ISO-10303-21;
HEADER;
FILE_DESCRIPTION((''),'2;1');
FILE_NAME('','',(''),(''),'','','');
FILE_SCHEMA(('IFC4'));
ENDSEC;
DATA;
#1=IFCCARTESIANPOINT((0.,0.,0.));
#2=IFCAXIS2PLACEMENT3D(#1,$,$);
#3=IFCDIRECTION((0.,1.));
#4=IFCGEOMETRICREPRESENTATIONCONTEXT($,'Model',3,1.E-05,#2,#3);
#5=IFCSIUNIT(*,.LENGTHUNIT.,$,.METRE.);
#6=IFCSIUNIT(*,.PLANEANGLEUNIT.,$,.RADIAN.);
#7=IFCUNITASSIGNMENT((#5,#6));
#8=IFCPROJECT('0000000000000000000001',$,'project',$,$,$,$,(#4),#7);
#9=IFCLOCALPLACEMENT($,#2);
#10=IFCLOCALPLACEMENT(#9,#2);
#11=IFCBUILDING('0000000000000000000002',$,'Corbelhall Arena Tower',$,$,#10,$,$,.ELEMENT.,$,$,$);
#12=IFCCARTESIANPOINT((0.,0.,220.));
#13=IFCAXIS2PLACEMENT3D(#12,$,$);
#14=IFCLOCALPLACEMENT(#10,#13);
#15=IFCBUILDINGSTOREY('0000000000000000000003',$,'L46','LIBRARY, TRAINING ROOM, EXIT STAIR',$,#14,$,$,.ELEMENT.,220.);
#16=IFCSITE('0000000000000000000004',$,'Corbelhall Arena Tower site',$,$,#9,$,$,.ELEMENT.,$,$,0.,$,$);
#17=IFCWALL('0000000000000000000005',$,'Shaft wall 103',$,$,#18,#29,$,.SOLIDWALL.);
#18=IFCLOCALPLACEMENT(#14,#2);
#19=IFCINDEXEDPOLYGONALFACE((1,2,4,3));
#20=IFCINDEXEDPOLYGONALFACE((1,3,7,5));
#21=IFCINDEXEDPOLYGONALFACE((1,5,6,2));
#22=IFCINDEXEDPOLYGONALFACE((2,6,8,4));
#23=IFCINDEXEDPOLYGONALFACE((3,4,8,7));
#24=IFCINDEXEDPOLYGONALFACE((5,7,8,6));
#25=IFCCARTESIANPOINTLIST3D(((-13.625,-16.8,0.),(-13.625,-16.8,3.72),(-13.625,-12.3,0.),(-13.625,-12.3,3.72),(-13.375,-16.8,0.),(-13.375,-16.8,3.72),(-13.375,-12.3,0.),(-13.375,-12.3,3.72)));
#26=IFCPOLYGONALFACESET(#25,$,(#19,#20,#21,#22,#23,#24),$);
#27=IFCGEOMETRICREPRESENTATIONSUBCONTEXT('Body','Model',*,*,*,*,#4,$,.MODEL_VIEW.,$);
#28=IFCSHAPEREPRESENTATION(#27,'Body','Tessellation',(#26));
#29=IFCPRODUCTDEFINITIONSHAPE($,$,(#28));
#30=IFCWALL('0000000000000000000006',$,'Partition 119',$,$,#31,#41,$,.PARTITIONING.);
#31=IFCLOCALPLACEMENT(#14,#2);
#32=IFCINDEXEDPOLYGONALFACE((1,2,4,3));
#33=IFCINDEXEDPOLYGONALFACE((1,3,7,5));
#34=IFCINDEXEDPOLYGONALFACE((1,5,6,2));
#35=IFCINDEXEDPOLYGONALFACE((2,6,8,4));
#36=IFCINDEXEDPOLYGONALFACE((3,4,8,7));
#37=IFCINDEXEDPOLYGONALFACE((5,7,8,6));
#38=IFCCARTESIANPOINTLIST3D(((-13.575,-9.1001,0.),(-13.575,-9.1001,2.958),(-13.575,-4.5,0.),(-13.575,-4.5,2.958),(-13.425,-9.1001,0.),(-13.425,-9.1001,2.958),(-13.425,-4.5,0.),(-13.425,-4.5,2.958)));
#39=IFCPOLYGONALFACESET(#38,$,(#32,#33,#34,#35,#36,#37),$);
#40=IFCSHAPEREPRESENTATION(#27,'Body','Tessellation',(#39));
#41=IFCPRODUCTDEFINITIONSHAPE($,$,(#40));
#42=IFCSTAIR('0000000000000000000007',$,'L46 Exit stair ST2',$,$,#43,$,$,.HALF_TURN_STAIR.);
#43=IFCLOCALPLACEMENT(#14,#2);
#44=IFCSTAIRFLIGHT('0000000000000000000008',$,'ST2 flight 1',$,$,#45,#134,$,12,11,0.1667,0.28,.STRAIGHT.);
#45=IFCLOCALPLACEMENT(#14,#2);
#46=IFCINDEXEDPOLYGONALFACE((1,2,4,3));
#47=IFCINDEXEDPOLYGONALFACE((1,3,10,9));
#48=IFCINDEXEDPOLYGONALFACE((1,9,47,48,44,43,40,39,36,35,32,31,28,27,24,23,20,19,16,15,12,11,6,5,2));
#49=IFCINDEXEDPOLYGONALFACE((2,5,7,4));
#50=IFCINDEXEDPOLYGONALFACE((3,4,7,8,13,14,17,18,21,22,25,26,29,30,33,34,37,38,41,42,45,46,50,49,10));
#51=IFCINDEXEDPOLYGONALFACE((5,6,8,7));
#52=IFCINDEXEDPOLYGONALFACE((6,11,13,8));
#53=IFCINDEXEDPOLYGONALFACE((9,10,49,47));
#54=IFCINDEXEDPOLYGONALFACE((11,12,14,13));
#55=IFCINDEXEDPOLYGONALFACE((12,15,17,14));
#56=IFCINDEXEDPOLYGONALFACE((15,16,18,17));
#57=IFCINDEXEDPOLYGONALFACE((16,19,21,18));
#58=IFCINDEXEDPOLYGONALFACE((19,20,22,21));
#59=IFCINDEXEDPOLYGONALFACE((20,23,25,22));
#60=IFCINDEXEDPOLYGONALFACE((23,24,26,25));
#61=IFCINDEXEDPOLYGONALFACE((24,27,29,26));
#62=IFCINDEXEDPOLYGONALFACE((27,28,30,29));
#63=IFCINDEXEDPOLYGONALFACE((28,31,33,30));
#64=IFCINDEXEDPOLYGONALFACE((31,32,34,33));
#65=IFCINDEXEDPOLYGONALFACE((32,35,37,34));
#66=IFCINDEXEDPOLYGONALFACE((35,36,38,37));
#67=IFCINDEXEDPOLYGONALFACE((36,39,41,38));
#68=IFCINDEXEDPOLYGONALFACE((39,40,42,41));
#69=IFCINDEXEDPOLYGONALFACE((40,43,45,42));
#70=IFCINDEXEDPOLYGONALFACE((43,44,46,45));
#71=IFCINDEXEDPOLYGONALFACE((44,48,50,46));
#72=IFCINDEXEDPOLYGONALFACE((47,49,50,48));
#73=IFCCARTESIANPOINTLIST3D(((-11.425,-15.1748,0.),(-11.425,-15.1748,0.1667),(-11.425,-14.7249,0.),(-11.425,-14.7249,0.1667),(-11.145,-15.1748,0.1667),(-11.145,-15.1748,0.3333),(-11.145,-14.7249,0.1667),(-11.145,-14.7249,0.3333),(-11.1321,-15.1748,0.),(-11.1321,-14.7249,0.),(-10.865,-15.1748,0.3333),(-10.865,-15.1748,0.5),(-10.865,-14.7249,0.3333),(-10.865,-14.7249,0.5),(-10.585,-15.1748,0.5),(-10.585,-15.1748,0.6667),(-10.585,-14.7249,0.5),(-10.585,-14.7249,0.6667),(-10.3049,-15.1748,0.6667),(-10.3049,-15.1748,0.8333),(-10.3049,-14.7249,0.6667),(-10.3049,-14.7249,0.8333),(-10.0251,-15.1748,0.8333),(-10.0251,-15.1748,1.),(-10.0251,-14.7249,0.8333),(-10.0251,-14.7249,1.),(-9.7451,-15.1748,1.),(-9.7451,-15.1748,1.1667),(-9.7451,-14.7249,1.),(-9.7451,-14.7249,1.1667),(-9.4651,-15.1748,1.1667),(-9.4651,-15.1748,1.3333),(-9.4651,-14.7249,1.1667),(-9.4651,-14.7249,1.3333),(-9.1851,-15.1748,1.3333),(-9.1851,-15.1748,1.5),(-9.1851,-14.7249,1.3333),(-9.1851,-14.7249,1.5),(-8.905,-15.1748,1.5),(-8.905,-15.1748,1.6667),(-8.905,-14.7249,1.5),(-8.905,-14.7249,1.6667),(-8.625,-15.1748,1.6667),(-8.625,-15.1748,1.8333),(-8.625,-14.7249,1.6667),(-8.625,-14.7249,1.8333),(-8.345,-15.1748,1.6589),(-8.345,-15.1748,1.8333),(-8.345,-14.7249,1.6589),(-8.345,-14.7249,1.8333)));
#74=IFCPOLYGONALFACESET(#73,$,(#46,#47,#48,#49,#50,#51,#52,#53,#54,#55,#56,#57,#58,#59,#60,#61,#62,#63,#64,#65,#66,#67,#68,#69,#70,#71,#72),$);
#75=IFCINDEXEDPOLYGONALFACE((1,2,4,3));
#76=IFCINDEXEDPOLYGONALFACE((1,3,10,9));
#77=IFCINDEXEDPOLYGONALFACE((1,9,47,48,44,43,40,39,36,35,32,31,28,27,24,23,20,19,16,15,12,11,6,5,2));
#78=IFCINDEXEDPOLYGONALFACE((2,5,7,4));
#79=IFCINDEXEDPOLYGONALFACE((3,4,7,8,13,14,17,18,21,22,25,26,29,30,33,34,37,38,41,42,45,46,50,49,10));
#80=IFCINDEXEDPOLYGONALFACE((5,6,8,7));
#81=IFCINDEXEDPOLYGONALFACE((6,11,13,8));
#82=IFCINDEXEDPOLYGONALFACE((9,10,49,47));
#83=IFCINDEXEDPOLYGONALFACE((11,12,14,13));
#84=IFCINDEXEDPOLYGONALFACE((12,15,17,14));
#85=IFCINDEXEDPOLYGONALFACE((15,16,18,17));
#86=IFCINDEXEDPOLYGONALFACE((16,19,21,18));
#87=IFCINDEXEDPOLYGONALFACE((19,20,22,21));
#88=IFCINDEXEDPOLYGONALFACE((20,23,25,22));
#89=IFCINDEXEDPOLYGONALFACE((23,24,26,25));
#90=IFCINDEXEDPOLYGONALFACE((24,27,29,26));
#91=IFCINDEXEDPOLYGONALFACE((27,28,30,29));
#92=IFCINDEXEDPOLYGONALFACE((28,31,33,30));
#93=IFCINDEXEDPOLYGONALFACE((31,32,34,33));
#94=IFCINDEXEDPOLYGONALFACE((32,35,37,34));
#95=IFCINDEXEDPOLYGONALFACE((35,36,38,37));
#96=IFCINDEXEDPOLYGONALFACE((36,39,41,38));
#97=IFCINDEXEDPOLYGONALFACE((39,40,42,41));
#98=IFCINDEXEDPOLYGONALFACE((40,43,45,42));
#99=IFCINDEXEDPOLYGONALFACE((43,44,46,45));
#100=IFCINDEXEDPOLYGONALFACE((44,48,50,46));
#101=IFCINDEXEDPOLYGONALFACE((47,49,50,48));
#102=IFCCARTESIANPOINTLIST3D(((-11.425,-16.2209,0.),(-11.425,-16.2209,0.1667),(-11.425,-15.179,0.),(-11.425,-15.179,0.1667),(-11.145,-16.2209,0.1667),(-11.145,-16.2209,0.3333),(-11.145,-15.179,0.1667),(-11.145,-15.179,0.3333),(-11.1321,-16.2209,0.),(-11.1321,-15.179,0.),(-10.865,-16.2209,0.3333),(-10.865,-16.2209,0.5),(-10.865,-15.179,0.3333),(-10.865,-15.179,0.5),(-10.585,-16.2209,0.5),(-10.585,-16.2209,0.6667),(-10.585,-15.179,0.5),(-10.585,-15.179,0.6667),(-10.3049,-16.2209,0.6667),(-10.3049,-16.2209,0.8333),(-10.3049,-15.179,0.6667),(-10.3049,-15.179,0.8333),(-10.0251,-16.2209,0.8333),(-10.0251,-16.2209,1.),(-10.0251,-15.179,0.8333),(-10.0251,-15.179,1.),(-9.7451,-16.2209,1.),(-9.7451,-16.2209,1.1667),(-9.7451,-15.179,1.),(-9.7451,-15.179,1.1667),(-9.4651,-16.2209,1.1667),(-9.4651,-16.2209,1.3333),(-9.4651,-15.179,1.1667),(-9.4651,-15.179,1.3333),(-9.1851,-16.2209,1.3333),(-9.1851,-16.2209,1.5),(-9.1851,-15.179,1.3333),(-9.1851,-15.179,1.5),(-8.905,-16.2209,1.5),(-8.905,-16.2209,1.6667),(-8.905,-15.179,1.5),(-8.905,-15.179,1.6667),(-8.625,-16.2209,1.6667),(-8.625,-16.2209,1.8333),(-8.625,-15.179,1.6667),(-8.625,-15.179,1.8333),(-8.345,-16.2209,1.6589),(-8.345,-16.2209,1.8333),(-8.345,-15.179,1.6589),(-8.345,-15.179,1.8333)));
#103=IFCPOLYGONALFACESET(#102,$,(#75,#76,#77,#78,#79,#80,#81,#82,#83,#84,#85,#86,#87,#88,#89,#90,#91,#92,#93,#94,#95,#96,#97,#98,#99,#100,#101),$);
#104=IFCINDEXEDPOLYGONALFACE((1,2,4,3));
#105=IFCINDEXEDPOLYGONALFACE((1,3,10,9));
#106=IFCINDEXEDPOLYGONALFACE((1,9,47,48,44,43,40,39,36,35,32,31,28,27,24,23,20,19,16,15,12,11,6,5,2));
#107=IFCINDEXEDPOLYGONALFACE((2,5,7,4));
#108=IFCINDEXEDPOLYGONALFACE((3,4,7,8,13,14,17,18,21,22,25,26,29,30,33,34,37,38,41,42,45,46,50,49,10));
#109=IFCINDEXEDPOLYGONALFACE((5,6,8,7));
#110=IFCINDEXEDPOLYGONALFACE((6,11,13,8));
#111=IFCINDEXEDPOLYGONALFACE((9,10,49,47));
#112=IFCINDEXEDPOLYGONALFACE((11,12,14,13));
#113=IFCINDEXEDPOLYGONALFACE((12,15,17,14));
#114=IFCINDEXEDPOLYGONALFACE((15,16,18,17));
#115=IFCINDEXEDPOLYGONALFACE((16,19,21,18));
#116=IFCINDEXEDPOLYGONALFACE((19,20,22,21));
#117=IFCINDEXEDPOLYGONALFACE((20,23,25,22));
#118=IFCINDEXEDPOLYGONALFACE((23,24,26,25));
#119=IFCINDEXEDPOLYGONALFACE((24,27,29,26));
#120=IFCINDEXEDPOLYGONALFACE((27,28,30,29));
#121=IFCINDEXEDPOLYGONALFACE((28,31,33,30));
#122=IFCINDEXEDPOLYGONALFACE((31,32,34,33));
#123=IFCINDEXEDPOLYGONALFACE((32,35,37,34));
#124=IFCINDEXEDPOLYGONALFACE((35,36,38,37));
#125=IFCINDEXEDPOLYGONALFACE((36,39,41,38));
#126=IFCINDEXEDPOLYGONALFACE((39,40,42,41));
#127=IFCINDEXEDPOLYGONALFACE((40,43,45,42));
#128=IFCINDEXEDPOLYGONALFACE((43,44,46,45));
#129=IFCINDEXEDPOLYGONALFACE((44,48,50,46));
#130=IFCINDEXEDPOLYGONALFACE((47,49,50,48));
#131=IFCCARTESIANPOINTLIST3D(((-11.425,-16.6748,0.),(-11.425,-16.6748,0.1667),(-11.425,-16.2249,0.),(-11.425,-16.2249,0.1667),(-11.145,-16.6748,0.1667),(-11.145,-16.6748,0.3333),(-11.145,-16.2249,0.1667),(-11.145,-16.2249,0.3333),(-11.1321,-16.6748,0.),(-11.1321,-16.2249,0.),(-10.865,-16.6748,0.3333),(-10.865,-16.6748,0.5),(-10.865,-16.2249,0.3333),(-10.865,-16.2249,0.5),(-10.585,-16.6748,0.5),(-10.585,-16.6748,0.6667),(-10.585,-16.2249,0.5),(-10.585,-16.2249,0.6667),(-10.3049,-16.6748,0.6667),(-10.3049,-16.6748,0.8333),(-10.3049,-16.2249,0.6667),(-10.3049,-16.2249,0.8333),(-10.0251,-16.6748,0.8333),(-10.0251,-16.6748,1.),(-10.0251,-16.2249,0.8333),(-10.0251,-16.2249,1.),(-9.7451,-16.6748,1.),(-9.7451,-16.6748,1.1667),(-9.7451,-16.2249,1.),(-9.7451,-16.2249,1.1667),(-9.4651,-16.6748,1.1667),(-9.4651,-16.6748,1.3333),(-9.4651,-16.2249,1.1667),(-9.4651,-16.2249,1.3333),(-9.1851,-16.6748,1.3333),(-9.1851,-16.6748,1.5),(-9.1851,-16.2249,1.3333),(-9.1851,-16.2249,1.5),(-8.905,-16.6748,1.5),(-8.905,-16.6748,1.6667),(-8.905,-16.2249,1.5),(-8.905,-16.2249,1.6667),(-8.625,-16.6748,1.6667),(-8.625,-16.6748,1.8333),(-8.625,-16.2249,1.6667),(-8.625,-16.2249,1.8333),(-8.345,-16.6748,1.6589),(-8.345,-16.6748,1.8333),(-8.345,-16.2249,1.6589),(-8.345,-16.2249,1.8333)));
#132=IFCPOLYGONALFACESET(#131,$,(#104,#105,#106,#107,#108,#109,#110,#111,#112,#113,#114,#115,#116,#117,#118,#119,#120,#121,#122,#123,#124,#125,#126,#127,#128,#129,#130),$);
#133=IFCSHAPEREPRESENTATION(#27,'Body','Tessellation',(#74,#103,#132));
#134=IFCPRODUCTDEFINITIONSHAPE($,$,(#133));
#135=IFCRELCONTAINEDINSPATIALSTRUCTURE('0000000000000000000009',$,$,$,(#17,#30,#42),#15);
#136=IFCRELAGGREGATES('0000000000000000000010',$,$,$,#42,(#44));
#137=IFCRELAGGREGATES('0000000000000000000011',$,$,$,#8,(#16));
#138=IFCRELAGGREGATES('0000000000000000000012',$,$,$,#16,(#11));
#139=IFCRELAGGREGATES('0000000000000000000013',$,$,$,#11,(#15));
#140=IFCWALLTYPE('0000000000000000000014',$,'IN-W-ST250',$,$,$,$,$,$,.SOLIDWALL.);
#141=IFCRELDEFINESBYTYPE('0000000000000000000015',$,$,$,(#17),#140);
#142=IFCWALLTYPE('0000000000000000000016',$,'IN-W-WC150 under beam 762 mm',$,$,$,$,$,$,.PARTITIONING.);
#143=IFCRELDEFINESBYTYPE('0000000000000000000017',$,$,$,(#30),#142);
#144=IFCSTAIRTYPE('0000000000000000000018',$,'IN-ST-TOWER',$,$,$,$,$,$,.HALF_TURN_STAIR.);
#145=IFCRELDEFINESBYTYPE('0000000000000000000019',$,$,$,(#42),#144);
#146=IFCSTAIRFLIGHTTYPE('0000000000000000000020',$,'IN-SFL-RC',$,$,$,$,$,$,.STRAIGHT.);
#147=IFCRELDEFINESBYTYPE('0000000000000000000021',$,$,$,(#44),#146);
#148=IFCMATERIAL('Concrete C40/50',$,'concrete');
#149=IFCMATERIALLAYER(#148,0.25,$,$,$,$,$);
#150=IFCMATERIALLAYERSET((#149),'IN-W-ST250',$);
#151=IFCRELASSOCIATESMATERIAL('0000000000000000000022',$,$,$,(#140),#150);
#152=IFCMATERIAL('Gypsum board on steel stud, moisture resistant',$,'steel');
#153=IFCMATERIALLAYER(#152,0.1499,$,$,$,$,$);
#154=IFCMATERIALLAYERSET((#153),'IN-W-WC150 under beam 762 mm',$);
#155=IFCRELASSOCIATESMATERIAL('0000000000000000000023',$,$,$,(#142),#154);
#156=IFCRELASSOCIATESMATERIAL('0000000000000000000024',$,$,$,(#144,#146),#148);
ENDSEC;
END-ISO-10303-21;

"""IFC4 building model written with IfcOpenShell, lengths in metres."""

from ifc_helpers import new_model, si_unit, direction, frame, frame_2d, origin, place, context, subcontext, project, spatial, polyline, rectangle, outline, extrude, material, layer, layer_set, type_object, element, aggregate, save


model = new_model("IFC4")

# Units and contexts
model_context = context("Model", 3, precision=1e-05, world=origin(), true_north=direction((0.0, 1.0)))
body_context = subcontext(model_context, "Body", "Model", "MODEL_VIEW")
ifc_project = project(units=[si_unit("LENGTHUNIT", "METRE"), si_unit("PLANEANGLEUNIT", "RADIAN")], contexts=[model_context])

# Site, building, storey
site_placement = place(None, origin())
site = spatial("IfcSite", under=ifc_project, at=site_placement, Name="Corbelhall Arena Tower site", CompositionType="ELEMENT", RefElevation=0.0)
building_placement = place(site_placement, origin())
building = spatial("IfcBuilding", under=site, at=building_placement, Name="Corbelhall Arena Tower", CompositionType="ELEMENT")
storey_placement = place(building_placement, frame((0.0, 0.0, 220.0)))
storey = spatial("IfcBuildingStorey", under=building, at=storey_placement, Name="L46", Description="LIBRARY, TRAINING ROOM, EXIT STAIR", CompositionType="ELEMENT", Elevation=220.0)

# Walls
ifc_material_1 = material(Name="Concrete C40/50", Category="concrete")
ifc_layer_1 = layer(ifc_material_1, 0.25)
ifc_layer_set_1 = layer_set([ifc_layer_1], Name="IN-W-ST250")
wall_type_1 = type_object("IfcWallType", Name="IN-W-ST250", PredefinedType="SOLIDWALL", material=ifc_layer_set_1)
wall_1_placement = place(storey_placement, frame((-13.5, -16.8, 0.0), z_axis=(0.0, 0.0, 1.0), x_axis=(0.0, 1.0, 0.0)))
element("IfcWall", 1, at=wall_1_placement, inside=storey, type_object=wall_type_1, Name="Shaft wall 103", PredefinedType="SOLIDWALL", context=body_context, shape_type="SweptSolid", body=[
    extrude(rectangle(XDim=4.5, YDim=0.25, at=frame_2d((2.25, 0.0))), origin(), (0.0, 0.0, 1.0), 3.72),
])
ifc_material_2 = material(Name="Gypsum board on steel stud, moisture resistant", Category="steel")
ifc_layer_2 = layer(ifc_material_2, 0.1499)
ifc_layer_set_2 = layer_set([ifc_layer_2], Name="IN-W-WC150 under beam 762 mm")
wall_type_2 = type_object("IfcWallType", Name="IN-W-WC150 under beam 762 mm", PredefinedType="PARTITIONING", material=ifc_layer_set_2)
wall_2_placement = place(storey_placement, frame((-13.5, -9.1001, 0.0), z_axis=(0.0, 0.0, 1.0), x_axis=(0.0, 1.0, 0.0)))
element("IfcWall", 2, at=wall_2_placement, inside=storey, type_object=wall_type_2, Name="Partition 119", PredefinedType="PARTITIONING", context=body_context, shape_type="SweptSolid", body=[
    extrude(rectangle(XDim=4.6001, YDim=0.1499, at=frame_2d((2.3, 0.0))), origin(), (0.0, 0.0, 1.0), 2.958),
])

# Stair, stair flight
stair_type = type_object("IfcStairType", Name="IN-ST-TOWER", PredefinedType="HALF_TURN_STAIR", material=ifc_material_1)
stair_placement = place(storey_placement, origin())
stair = element("IfcStair", 3, at=stair_placement, inside=storey, type_object=stair_type, Name="L46 Exit stair ST2", PredefinedType="HALF_TURN_STAIR")
stair_flight_type = type_object("IfcStairFlightType", Name="IN-SFL-RC", PredefinedType="STRAIGHT", material=ifc_material_1)
stair_flight_1_placement = place(storey_placement, frame((-11.425, -15.7, 0.0), z_axis=(0.0, 0.0, 1.0), x_axis=(1.0, 0.0, 0.0)))
stair_flight_1 = element("IfcStairFlight", 4, at=stair_flight_1_placement, type_object=stair_flight_type, Name="ST2 flight 1", NumberOfRisers=12, NumberOfTreads=11, PredefinedType="STRAIGHT", RiserHeight=0.1667, TreadLength=0.28, context=body_context, shape_type="SweptSolid", body=[
    extrude(outline(polyline([(0.0, 0.0), (0.0, 0.1667), (0.28, 0.1667), (0.28, 0.3333), (0.5601, 0.3333), (0.5601, 0.5), (0.8401, 0.5), (0.8401, 0.6667), (1.1201, 0.6667), (1.1201, 0.8333), (1.3999, 0.8333), (1.3999, 1.0), (1.6799, 1.0), (1.6799, 1.1667), (1.96, 1.1667), (1.96, 1.3333), (2.24, 1.3333), (2.24, 1.5), (2.52, 1.5), (2.52, 1.6667), (2.8, 1.6667), (2.8, 1.8333), (3.0801, 1.8333), (3.0801, 2.0), (3.0801, 1.6589), (0.293, 0.0), (0.0, 0.0)])), frame((0.0, 0.9751, 0.0), z_axis=(0.0, -1.0, 0.0), x_axis=(1.0, 0.0, 0.0)), (0.0, 0.0, 1.0), 0.45),
    extrude(outline(polyline([(0.0, 0.0), (0.0, 0.1667), (0.28, 0.1667), (0.28, 0.3333), (0.5601, 0.3333), (0.5601, 0.5), (0.8401, 0.5), (0.8401, 0.6667), (1.1201, 0.6667), (1.1201, 0.8333), (1.3999, 0.8333), (1.3999, 1.0), (1.6799, 1.0), (1.6799, 1.1667), (1.96, 1.1667), (1.96, 1.3333), (2.24, 1.3333), (2.24, 1.5), (2.52, 1.5), (2.52, 1.6667), (2.8, 1.6667), (2.8, 1.8333), (3.0801, 1.8333), (3.0801, 2.0), (3.0801, 1.6589), (0.293, 0.0), (0.0, 0.0)])), frame((0.0, 0.521, 0.0), z_axis=(0.0, -1.0, 0.0), x_axis=(1.0, 0.0, 0.0)), (0.0, 0.0, 1.0), 1.042),
    extrude(outline(polyline([(0.0, 0.0), (0.0, 0.1667), (0.28, 0.1667), (0.28, 0.3333), (0.5601, 0.3333), (0.5601, 0.5), (0.8401, 0.5), (0.8401, 0.6667), (1.1201, 0.6667), (1.1201, 0.8333), (1.3999, 0.8333), (1.3999, 1.0), (1.6799, 1.0), (1.6799, 1.1667), (1.96, 1.1667), (1.96, 1.3333), (2.24, 1.3333), (2.24, 1.5), (2.52, 1.5), (2.52, 1.6667), (2.8, 1.6667), (2.8, 1.8333), (3.0801, 1.8333), (3.0801, 2.0), (3.0801, 1.6589), (0.293, 0.0), (0.0, 0.0)])), frame((0.0, -0.5249, 0.0), z_axis=(0.0, -1.0, 0.0), x_axis=(1.0, 0.0, 0.0)), (0.0, 0.0, 1.0), 0.45),
])
aggregate(stair, [stair_flight_1])

save(model, "model.ifc")
